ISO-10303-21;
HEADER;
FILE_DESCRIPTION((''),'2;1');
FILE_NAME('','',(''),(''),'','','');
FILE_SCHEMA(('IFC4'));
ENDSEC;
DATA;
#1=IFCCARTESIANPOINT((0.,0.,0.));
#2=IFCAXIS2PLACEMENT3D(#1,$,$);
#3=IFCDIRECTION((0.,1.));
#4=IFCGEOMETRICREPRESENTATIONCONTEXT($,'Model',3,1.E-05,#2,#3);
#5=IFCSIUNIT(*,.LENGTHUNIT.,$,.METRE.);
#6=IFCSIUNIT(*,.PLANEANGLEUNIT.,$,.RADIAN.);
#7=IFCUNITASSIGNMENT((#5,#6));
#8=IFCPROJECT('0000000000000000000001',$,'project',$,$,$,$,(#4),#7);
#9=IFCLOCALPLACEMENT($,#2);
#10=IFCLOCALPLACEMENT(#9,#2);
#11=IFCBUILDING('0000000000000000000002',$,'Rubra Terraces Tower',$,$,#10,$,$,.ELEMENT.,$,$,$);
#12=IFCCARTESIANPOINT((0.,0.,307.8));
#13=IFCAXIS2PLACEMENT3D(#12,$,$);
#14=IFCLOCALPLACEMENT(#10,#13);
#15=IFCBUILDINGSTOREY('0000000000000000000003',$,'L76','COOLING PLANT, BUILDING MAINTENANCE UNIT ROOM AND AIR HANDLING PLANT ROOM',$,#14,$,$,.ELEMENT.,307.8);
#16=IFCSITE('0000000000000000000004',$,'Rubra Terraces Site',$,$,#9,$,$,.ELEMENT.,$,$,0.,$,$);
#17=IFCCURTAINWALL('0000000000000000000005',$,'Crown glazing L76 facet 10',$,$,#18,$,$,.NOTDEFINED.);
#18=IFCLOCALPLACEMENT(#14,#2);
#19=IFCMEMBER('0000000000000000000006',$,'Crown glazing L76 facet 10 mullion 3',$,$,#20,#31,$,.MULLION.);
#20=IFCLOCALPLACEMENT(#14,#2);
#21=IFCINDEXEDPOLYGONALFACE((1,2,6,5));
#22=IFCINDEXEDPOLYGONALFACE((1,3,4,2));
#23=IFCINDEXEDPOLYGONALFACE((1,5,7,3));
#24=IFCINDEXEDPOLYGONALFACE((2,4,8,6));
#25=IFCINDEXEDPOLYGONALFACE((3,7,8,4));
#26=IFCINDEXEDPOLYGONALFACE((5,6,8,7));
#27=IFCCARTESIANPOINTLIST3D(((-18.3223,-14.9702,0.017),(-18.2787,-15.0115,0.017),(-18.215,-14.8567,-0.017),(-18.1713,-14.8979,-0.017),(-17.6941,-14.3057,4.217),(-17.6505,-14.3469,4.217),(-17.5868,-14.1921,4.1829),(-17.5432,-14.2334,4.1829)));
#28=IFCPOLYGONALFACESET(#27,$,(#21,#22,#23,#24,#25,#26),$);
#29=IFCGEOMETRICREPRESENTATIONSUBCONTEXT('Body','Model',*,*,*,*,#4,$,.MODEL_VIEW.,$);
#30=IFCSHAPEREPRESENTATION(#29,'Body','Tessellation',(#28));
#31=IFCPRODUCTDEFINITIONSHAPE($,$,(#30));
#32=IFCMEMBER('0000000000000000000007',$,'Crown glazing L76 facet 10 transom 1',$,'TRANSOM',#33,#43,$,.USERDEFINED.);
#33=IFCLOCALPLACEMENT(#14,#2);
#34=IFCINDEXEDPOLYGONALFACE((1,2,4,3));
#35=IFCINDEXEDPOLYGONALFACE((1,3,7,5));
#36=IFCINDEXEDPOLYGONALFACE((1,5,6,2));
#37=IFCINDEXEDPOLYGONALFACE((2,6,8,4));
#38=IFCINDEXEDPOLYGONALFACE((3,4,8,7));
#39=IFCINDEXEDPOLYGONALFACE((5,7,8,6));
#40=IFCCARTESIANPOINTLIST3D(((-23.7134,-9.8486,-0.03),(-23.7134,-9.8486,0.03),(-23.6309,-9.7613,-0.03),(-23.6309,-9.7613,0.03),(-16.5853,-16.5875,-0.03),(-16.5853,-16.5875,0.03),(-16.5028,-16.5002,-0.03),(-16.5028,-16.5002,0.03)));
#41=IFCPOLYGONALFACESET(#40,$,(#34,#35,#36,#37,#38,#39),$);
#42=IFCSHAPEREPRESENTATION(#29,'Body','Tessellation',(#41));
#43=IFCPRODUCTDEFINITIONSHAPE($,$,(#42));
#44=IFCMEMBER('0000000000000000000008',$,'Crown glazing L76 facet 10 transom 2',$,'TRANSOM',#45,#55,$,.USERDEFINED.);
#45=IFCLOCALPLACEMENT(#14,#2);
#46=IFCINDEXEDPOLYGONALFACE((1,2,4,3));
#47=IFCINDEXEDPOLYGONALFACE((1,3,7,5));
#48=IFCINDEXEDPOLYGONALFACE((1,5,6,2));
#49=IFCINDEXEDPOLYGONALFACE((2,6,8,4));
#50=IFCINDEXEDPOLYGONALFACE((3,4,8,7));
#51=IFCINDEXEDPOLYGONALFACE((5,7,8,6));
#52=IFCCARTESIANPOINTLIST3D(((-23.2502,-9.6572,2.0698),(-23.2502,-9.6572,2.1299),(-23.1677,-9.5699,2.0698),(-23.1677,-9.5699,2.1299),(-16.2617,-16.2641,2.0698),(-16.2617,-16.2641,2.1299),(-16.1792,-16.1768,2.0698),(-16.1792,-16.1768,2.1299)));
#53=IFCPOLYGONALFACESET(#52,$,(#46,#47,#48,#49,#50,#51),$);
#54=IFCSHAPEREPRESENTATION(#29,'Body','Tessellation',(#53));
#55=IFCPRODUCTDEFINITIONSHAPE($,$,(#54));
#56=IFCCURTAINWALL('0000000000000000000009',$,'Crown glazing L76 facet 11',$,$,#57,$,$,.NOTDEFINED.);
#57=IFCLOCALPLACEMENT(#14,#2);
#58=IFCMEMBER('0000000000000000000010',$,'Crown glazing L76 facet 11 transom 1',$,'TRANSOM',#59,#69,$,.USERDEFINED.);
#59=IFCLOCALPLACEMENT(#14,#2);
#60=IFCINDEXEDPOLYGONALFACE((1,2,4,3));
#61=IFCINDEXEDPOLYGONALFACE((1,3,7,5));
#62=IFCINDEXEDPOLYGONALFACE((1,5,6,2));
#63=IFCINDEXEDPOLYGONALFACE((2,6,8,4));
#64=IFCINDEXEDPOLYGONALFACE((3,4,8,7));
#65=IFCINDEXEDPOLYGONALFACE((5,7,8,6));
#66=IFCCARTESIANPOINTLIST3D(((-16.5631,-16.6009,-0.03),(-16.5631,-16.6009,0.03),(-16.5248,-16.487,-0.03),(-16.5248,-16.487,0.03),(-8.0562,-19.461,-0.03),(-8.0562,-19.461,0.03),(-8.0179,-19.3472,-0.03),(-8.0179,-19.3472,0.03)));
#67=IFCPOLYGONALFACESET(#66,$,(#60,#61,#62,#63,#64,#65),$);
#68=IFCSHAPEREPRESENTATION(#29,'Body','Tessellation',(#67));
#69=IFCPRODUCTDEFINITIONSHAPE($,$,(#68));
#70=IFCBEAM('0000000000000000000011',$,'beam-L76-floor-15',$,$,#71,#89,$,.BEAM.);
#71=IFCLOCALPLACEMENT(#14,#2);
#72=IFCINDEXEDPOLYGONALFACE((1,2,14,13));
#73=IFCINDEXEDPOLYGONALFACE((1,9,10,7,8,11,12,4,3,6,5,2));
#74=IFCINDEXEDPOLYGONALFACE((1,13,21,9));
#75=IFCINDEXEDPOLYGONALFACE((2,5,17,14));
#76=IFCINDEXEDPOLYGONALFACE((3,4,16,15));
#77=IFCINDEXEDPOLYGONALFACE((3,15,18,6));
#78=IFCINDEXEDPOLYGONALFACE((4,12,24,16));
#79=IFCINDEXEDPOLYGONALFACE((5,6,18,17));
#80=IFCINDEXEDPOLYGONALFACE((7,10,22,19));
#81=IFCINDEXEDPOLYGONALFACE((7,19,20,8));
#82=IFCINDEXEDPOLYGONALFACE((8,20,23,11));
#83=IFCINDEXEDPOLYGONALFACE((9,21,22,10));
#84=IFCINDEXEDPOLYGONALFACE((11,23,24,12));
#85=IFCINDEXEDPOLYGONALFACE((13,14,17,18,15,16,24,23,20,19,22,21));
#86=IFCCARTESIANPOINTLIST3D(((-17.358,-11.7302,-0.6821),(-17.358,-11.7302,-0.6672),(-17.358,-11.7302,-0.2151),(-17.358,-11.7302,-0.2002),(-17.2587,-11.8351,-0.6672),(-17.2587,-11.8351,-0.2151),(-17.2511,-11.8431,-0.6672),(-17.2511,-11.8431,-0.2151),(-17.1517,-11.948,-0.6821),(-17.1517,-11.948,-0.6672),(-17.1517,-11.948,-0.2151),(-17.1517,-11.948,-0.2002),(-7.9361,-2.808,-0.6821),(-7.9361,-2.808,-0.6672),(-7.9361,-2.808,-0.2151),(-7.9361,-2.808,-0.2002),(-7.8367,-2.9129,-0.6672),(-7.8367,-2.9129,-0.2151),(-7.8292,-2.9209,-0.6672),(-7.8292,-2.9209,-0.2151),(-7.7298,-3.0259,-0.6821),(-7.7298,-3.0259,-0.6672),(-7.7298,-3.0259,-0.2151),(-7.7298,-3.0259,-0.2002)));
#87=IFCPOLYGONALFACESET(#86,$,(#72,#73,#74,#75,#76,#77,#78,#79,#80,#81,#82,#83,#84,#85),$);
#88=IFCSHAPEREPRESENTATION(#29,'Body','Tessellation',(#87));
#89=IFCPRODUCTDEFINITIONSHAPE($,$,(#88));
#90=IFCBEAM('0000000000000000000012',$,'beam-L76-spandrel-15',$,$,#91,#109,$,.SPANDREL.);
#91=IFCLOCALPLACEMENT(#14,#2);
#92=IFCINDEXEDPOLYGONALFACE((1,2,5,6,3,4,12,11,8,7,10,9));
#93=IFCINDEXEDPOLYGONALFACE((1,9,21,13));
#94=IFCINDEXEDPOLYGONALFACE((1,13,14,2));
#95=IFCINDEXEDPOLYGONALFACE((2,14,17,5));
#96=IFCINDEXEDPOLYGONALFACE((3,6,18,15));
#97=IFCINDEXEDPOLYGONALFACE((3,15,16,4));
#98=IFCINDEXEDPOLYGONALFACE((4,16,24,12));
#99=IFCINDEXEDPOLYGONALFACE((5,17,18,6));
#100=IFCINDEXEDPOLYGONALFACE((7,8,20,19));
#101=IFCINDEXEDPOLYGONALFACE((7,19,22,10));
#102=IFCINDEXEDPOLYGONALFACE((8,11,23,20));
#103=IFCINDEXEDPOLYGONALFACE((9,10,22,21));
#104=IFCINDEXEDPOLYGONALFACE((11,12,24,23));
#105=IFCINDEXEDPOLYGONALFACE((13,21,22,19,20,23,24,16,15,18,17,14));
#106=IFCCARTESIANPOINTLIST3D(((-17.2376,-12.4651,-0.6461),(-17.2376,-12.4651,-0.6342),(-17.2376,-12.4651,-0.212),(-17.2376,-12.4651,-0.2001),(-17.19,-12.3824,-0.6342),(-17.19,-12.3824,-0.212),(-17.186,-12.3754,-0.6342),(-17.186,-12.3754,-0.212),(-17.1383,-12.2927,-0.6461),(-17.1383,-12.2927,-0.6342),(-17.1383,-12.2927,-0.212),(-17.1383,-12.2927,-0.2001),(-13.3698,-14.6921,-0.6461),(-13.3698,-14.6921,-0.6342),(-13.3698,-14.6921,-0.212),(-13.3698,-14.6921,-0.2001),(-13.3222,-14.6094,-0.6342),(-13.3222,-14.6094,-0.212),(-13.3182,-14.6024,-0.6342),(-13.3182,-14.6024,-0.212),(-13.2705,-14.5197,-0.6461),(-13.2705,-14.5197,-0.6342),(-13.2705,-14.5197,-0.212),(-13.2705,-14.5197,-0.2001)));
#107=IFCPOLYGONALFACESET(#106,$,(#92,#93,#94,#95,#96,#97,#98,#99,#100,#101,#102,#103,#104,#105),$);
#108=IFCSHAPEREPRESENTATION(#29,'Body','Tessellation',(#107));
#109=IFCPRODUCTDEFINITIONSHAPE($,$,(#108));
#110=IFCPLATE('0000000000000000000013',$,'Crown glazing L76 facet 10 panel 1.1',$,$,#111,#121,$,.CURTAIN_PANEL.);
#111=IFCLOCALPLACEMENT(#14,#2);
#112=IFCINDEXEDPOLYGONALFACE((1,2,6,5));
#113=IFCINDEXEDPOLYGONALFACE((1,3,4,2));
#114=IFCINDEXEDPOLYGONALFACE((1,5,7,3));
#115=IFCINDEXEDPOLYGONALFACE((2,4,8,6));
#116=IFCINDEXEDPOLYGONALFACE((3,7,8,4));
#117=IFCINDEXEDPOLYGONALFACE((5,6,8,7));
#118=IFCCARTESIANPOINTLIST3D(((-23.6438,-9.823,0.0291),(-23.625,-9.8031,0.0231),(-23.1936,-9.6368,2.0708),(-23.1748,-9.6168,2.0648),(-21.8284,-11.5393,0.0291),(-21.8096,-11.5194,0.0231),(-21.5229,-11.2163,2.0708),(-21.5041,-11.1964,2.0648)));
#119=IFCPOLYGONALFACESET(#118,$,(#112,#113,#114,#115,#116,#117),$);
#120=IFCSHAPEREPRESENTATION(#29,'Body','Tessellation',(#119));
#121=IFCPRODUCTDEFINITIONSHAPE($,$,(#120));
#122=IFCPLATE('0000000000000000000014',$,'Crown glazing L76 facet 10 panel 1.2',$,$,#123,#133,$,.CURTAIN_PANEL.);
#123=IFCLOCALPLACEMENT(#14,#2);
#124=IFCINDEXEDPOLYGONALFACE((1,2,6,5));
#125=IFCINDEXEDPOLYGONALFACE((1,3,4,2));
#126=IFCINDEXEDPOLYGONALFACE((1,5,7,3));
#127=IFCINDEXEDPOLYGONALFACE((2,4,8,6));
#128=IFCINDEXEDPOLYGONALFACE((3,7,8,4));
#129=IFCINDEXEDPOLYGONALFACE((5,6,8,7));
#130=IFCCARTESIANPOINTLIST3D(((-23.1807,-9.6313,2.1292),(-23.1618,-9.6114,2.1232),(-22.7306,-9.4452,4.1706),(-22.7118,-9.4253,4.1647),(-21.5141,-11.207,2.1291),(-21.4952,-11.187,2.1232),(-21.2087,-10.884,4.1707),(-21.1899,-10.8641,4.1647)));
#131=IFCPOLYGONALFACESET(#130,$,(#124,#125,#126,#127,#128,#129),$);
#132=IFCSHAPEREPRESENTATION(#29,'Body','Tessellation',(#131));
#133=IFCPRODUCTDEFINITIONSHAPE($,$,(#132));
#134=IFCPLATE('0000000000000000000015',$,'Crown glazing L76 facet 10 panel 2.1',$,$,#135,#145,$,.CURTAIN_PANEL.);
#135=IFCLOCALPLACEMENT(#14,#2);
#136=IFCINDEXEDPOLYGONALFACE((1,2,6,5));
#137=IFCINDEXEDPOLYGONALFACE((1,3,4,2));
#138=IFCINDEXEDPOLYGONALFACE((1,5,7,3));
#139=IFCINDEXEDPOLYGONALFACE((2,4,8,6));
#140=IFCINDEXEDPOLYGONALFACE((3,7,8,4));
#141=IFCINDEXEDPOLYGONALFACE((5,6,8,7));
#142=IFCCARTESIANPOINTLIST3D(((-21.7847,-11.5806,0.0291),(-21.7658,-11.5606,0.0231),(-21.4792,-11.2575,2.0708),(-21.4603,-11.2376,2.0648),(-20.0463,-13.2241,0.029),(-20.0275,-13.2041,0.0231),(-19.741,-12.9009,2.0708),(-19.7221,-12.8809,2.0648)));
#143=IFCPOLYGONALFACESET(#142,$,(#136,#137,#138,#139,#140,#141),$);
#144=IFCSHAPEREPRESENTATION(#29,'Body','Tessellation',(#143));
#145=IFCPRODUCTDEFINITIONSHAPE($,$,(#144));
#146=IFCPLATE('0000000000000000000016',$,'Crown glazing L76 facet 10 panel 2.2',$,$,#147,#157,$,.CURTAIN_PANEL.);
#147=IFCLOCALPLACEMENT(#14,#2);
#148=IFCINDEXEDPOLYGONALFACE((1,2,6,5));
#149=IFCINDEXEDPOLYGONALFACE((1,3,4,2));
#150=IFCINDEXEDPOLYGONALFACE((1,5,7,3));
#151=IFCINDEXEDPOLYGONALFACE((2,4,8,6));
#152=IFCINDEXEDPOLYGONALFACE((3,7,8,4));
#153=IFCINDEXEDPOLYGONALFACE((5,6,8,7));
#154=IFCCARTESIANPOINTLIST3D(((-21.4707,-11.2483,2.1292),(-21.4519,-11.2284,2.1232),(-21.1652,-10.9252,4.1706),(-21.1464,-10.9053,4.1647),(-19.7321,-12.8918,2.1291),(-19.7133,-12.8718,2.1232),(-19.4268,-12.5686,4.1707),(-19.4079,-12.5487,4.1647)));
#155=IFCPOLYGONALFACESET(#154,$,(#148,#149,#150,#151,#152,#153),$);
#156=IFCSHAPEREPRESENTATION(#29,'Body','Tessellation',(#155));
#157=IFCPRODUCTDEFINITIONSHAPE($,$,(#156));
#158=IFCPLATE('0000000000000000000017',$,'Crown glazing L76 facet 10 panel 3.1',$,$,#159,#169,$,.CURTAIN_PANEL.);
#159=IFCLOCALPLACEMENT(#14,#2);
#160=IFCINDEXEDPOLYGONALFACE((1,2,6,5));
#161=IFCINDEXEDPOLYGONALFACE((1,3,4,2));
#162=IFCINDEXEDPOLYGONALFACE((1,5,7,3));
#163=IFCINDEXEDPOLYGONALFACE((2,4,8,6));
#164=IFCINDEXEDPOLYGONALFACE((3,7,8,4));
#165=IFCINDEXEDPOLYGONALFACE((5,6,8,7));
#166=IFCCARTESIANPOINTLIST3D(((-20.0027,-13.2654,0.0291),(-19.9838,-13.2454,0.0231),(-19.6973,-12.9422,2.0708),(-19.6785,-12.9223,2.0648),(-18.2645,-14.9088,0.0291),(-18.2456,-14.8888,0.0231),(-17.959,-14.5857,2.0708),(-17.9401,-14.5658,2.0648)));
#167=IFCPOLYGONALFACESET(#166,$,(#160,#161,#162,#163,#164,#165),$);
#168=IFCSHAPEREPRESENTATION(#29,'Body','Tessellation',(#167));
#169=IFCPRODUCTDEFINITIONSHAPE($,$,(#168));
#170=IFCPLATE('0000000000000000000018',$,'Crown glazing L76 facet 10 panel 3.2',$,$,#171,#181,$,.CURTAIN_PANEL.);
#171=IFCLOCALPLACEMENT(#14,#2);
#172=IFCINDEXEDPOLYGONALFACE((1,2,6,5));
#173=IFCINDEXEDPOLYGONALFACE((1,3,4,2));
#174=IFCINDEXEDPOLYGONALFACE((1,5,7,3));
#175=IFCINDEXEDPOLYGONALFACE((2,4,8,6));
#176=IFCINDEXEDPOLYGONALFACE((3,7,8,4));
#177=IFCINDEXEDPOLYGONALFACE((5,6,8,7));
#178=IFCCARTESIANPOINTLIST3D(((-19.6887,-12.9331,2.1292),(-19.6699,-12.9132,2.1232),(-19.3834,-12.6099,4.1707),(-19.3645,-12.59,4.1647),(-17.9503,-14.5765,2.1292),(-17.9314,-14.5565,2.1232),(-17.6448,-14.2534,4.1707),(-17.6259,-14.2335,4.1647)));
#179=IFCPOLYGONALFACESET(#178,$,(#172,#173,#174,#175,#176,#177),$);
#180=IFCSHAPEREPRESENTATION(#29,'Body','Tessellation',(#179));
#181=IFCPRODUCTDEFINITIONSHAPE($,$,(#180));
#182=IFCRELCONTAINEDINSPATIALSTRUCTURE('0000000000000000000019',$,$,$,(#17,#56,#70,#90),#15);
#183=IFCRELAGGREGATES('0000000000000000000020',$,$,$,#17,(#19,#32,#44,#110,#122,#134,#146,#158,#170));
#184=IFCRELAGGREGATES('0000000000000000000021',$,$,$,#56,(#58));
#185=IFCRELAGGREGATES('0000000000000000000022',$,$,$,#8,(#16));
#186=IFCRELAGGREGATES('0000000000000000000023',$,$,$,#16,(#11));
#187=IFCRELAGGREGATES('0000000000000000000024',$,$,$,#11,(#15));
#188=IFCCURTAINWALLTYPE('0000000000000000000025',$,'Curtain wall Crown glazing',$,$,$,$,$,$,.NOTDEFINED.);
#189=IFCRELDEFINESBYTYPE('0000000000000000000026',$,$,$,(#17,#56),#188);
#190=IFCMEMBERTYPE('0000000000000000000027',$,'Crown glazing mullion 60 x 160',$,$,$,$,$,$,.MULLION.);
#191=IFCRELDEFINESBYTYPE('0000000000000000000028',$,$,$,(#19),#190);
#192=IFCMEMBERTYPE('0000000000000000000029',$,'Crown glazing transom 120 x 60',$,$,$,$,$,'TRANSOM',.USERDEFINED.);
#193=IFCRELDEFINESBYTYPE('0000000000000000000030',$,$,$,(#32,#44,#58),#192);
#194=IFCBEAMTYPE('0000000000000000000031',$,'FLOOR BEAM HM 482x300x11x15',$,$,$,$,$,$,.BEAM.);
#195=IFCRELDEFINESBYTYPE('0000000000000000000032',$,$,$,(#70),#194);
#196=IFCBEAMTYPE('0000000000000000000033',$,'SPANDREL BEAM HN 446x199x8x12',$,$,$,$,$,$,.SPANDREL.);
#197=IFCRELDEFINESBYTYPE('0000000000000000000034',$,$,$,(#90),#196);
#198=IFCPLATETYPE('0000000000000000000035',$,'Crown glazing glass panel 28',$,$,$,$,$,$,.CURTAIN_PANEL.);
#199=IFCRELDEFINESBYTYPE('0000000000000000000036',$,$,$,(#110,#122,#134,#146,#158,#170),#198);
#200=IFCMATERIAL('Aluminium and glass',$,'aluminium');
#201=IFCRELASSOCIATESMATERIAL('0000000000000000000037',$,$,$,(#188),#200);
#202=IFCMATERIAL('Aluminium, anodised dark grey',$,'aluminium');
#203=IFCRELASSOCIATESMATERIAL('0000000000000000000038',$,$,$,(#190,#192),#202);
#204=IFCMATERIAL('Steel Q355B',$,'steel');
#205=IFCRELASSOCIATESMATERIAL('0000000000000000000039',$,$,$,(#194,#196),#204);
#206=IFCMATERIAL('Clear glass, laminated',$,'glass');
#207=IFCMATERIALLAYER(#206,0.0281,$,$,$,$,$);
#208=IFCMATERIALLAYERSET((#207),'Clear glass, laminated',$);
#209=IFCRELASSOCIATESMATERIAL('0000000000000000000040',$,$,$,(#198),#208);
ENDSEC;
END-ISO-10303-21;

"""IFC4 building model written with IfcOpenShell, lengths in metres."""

from ifc_helpers import new_model, si_unit, direction, frame, origin, origin_2d, place, context, subcontext, project, spatial, polyline, rectangle, i_section, outline, extrude, material, layer, layer_set, material_profile, profile_set, type_object, element, aggregate, save


model = new_model("IFC4")

# Units and contexts
model_context = context("Model", 3, precision=1e-05, world=origin(), true_north=direction((0.0, 1.0)))
body_context = subcontext(model_context, "Body", "Model", "MODEL_VIEW")
ifc_project = project(units=[si_unit("LENGTHUNIT", "METRE"), si_unit("PLANEANGLEUNIT", "RADIAN")], contexts=[model_context])

# Site, building, storey
site_placement = place(None, origin())
site = spatial("IfcSite", under=ifc_project, at=site_placement, Name="Rubra Terraces Site", CompositionType="ELEMENT", RefElevation=0.0)
building_placement = place(site_placement, origin())
building = spatial("IfcBuilding", under=site, at=building_placement, Name="Rubra Terraces Tower", CompositionType="ELEMENT")
storey_placement = place(building_placement, frame((0.0, 0.0, 307.8)))
storey = spatial("IfcBuildingStorey", under=building, at=storey_placement, Name="L76", Description="COOLING PLANT, BUILDING MAINTENANCE UNIT ROOM AND AIR HANDLING PLANT ROOM", CompositionType="ELEMENT", Elevation=307.8)

# Shared definitions
ifc_material_1 = material(Name="Steel Q355B", Category="steel")

# Curtain wall, members
ifc_material_2 = material(Name="Aluminium and glass", Category="aluminium")
curtain_wall_type = type_object("IfcCurtainWallType", Name="Curtain wall Crown glazing", PredefinedType="NOTDEFINED", material=ifc_material_2)
curtain_wall_1_placement = place(storey_placement, origin())
curtain_wall_1 = element("IfcCurtainWall", 1, at=curtain_wall_1_placement, inside=storey, type_object=curtain_wall_type, Name="Crown glazing L76 facet 10", PredefinedType="NOTDEFINED")
ifc_material_3 = material(Name="Aluminium, anodised dark grey", Category="aluminium")
ifc_material_profile_1 = material_profile(ifc_material_3, rectangle(XDim=0.0601, YDim=0.1599, at=origin_2d()), Name="AL 60x160")
ifc_profile_set_1 = profile_set([ifc_material_profile_1], Name="Aluminium, anodised dark grey")
member_type_1 = type_object("IfcMemberType", Name="Crown glazing mullion 60 x 160", PredefinedType="MULLION", material=ifc_profile_set_1)
member_1_placement = place(storey_placement, frame((-18.2468, -14.9341, 0.0), z_axis=(0.146143, 0.154606, 0.977108), x_axis=(-0.726717, 0.686937, 0.0)))
member_1 = element("IfcMember", 2, at=member_1_placement, type_object=member_type_1, Name="Crown glazing L76 facet 10 mullion 3", PredefinedType="MULLION", context=body_context, shape_type="SweptSolid", body=[
    extrude(rectangle(XDim=0.0601, YDim=0.1599, at=origin_2d()), origin(), (0.0, 0.0, 1.0), 4.2983),
])
ifc_material_profile_2 = material_profile(ifc_material_3, rectangle(XDim=0.1201, YDim=0.0601, at=origin_2d()), Name="AL 120x60")
ifc_profile_set_2 = profile_set([ifc_material_profile_2], Name="Aluminium, anodised dark grey")
member_type_2 = type_object("IfcMemberType", Name="Crown glazing transom 120 x 60", ElementType="TRANSOM", PredefinedType="USERDEFINED", material=ifc_profile_set_2)
member_2_placement = place(storey_placement, frame((-23.6721, -9.8049, 0.0), z_axis=(0.726665, -0.686993, 0.0), x_axis=(0.686993, 0.726665, 0.0)))
member_2 = element("IfcMember", 3, at=member_2_placement, type_object=member_type_2, Name="Crown glazing L76 facet 10 transom 1", ObjectType="TRANSOM", PredefinedType="USERDEFINED", context=body_context, shape_type="SweptSolid", body=[
    extrude(rectangle(XDim=0.1201, YDim=0.0601, at=origin_2d()), origin(), (0.0, 0.0, 1.0), 9.8093),
])
member_3_placement = place(storey_placement, frame((-23.209, -9.6135, 2.0999), z_axis=(0.726667, -0.686989, 0.0), x_axis=(0.686989, 0.726667, 0.0)))
member_3 = element("IfcMember", 4, at=member_3_placement, type_object=member_type_2, Name="Crown glazing L76 facet 10 transom 2", ObjectType="TRANSOM", PredefinedType="USERDEFINED", context=body_context, shape_type="SweptSolid", body=[
    extrude(rectangle(XDim=0.1201, YDim=0.0601, at=origin_2d()), origin(), (0.0, 0.0, 1.0), 9.6172),
])

# Curtain wall, member
curtain_wall_2_placement = place(storey_placement, origin())
curtain_wall_2 = element("IfcCurtainWall", 5, at=curtain_wall_2_placement, inside=storey, type_object=curtain_wall_type, Name="Crown glazing L76 facet 11", PredefinedType="NOTDEFINED")
member_4_placement = place(storey_placement, frame((-16.5439, -16.5439, 0.0), z_axis=(0.947861, -0.318683, 0.0), x_axis=(0.318683, 0.947861, 0.0)))
member_4 = element("IfcMember", 6, at=member_4_placement, type_object=member_type_2, Name="Crown glazing L76 facet 11 transom 1", ObjectType="TRANSOM", PredefinedType="USERDEFINED", context=body_context, shape_type="SweptSolid", body=[
    extrude(rectangle(XDim=0.1201, YDim=0.0601, at=origin_2d()), origin(), (0.0, 0.0, 1.0), 8.9749),
])

# Beams
ifc_material_profile_3 = material_profile(ifc_material_1, i_section(OverallWidth=0.3, OverallDepth=0.4819, WebThickness=0.011, FlangeThickness=0.0149, at=origin_2d()), Name="HM 482x300x11x15")
ifc_profile_set_3 = profile_set([ifc_material_profile_3], Name="Steel Q355B")
beam_type_1 = type_object("IfcBeamType", Name="FLOOR BEAM HM 482x300x11x15", PredefinedType="BEAM", material=ifc_profile_set_3)
beam_1_placement = place(storey_placement, frame((-17.2549, -11.8391, -0.4412), z_axis=(0.726101, 0.687588, 0.0), x_axis=(-0.687588, 0.726101, 0.0)))
element("IfcBeam", 7, at=beam_1_placement, inside=storey, type_object=beam_type_1, Name="beam-L76-floor-15", PredefinedType="BEAM", context=body_context, shape_type="SweptSolid", body=[
    extrude(i_section(OverallWidth=0.3, OverallDepth=0.4819, WebThickness=0.011, FlangeThickness=0.0149, at=origin_2d()), origin(), (0.0, 0.0, 1.0), 12.9761),
])
ifc_material_profile_4 = material_profile(ifc_material_1, i_section(OverallWidth=0.199, OverallDepth=0.446, WebThickness=0.0081, FlangeThickness=0.012, at=origin_2d()), Name="HN 446x199x8x12")
ifc_profile_set_4 = profile_set([ifc_material_profile_4], Name="Steel Q355B")
beam_type_2 = type_object("IfcBeamType", Name="SPANDREL BEAM HN 446x199x8x12", PredefinedType="SPANDREL", material=ifc_profile_set_4)
beam_2_placement = place(storey_placement, frame((-17.188, -12.3789, -0.4231), z_axis=(0.866616, -0.498976, 0.0), x_axis=(0.498976, 0.866616, 0.0)))
element("IfcBeam", 8, at=beam_2_placement, inside=storey, type_object=beam_type_2, Name="beam-L76-spandrel-15", PredefinedType="SPANDREL", context=body_context, shape_type="SweptSolid", body=[
    extrude(i_section(OverallWidth=0.199, OverallDepth=0.446, WebThickness=0.0081, FlangeThickness=0.012, at=origin_2d()), origin(), (0.0, 0.0, 1.0), 4.4631),
])

# Plates
ifc_material_4 = material(Name="Clear glass, laminated", Category="glass")
ifc_layer_1 = layer(ifc_material_4, 0.0281)
ifc_layer_set_1 = layer_set([ifc_layer_1], Name="Clear glass, laminated")
plate_type = type_object("IfcPlateType", Name="Crown glazing glass panel 28", PredefinedType="CURTAIN_PANEL", material=ifc_layer_set_1)
plate_1_placement = place(storey_placement, frame((-23.6438, -9.823, 0.0291), z_axis=(-0.671277, -0.710013, 0.212764), x_axis=(0.726651, -0.687007, 0.000005)))
plate_1 = element("IfcPlate", 9, at=plate_1_placement, type_object=plate_type, Name="Crown glazing L76 facet 10 panel 1.1", PredefinedType="CURTAIN_PANEL", context=body_context, shape_type="SweptSolid", body=[
    extrude(outline(polyline([(0.0, 0.0), (2.4983, 0.0), (2.4983, 2.0896), (0.1992, 2.0896), (0.0, 0.0)])), origin(), (0.0, 0.0, -1.0), 0.0281),
])
plate_2_placement = place(storey_placement, frame((-23.1807, -9.6313, 2.1292), z_axis=(-0.671271, -0.710035, 0.212708), x_axis=(0.726663, -0.686994, -0.000011)))
plate_2 = element("IfcPlate", 10, at=plate_2_placement, type_object=plate_type, Name="Crown glazing L76 facet 10 panel 1.2", PredefinedType="CURTAIN_PANEL", context=body_context, shape_type="SweptSolid", body=[
    extrude(outline(polyline([(0.0, 0.0), (2.2935, 0.0), (2.2935, 2.0893), (0.1991, 2.0893), (0.0, 0.0)])), origin(), (0.0, 0.0, -1.0), 0.0281),
])
plate_3_placement = place(storey_placement, frame((-21.7847, -11.5806, 0.0291), z_axis=(-0.671272, -0.710014, 0.212778), x_axis=(0.726652, -0.687005, -0.000008)))
plate_3 = element("IfcPlate", 11, at=plate_3_placement, type_object=plate_type, Name="Crown glazing L76 facet 10 panel 2.1", PredefinedType="CURTAIN_PANEL", context=body_context, shape_type="SweptSolid", body=[
    extrude(outline(polyline([(0.0, 0.0), (2.3923, 0.0), (2.3921, 2.0896), (0.0, 2.0896), (0.0, 0.0)])), origin(), (0.0, 0.0, -1.0), 0.0281),
])
plate_4_placement = place(storey_placement, frame((-21.4707, -11.2483, 2.1292), z_axis=(-0.671219, -0.710057, 0.212803), x_axis=(0.726701, -0.686954, -0.000008)))
plate_4 = element("IfcPlate", 12, at=plate_4_placement, type_object=plate_type, Name="Crown glazing L76 facet 10 panel 2.2", PredefinedType="CURTAIN_PANEL", context=body_context, shape_type="SweptSolid", body=[
    extrude(outline(polyline([(0.0, 0.0), (2.3924, 0.0), (2.3923, 2.0894), (0.0, 2.0893), (0.0, 0.0)])), origin(), (0.0, 0.0, -1.0), 0.0281),
])
plate_5_placement = place(storey_placement, frame((-20.0027, -13.2654, 0.0291), z_axis=(-0.671272, -0.710014, 0.212778), x_axis=(0.726655, -0.687003, 0.000008)))
plate_5 = element("IfcPlate", 13, at=plate_5_placement, type_object=plate_type, Name="Crown glazing L76 facet 10 panel 3.1", PredefinedType="CURTAIN_PANEL", context=body_context, shape_type="SweptSolid", body=[
    extrude(outline(polyline([(0.0, 0.0), (2.3921, 0.0), (2.3921, 2.0896), (-0.0001, 2.0896), (0.0, 0.0)])), origin(), (0.0, 0.0, -1.0), 0.0281),
])
plate_6_placement = place(storey_placement, frame((-19.6887, -12.9331, 2.1292), z_axis=(-0.671219, -0.710057, 0.212803), x_axis=(0.726703, -0.686952, 0.000008)))
plate_6 = element("IfcPlate", 14, at=plate_6_placement, type_object=plate_type, Name="Crown glazing L76 facet 10 panel 3.2", PredefinedType="CURTAIN_PANEL", context=body_context, shape_type="SweptSolid", body=[
    extrude(outline(polyline([(0.0, 0.0), (2.3923, 0.0), (2.3923, 2.0893), (-0.0001, 2.0894), (0.0, 0.0)])), origin(), (0.0, 0.0, -1.0), 0.0281),
])
aggregate(curtain_wall_1, [member_1, member_2, member_3, plate_1, plate_2, plate_3, plate_4, plate_5, plate_6])
aggregate(curtain_wall_2, [member_4])

save(model, "model.ifc")
